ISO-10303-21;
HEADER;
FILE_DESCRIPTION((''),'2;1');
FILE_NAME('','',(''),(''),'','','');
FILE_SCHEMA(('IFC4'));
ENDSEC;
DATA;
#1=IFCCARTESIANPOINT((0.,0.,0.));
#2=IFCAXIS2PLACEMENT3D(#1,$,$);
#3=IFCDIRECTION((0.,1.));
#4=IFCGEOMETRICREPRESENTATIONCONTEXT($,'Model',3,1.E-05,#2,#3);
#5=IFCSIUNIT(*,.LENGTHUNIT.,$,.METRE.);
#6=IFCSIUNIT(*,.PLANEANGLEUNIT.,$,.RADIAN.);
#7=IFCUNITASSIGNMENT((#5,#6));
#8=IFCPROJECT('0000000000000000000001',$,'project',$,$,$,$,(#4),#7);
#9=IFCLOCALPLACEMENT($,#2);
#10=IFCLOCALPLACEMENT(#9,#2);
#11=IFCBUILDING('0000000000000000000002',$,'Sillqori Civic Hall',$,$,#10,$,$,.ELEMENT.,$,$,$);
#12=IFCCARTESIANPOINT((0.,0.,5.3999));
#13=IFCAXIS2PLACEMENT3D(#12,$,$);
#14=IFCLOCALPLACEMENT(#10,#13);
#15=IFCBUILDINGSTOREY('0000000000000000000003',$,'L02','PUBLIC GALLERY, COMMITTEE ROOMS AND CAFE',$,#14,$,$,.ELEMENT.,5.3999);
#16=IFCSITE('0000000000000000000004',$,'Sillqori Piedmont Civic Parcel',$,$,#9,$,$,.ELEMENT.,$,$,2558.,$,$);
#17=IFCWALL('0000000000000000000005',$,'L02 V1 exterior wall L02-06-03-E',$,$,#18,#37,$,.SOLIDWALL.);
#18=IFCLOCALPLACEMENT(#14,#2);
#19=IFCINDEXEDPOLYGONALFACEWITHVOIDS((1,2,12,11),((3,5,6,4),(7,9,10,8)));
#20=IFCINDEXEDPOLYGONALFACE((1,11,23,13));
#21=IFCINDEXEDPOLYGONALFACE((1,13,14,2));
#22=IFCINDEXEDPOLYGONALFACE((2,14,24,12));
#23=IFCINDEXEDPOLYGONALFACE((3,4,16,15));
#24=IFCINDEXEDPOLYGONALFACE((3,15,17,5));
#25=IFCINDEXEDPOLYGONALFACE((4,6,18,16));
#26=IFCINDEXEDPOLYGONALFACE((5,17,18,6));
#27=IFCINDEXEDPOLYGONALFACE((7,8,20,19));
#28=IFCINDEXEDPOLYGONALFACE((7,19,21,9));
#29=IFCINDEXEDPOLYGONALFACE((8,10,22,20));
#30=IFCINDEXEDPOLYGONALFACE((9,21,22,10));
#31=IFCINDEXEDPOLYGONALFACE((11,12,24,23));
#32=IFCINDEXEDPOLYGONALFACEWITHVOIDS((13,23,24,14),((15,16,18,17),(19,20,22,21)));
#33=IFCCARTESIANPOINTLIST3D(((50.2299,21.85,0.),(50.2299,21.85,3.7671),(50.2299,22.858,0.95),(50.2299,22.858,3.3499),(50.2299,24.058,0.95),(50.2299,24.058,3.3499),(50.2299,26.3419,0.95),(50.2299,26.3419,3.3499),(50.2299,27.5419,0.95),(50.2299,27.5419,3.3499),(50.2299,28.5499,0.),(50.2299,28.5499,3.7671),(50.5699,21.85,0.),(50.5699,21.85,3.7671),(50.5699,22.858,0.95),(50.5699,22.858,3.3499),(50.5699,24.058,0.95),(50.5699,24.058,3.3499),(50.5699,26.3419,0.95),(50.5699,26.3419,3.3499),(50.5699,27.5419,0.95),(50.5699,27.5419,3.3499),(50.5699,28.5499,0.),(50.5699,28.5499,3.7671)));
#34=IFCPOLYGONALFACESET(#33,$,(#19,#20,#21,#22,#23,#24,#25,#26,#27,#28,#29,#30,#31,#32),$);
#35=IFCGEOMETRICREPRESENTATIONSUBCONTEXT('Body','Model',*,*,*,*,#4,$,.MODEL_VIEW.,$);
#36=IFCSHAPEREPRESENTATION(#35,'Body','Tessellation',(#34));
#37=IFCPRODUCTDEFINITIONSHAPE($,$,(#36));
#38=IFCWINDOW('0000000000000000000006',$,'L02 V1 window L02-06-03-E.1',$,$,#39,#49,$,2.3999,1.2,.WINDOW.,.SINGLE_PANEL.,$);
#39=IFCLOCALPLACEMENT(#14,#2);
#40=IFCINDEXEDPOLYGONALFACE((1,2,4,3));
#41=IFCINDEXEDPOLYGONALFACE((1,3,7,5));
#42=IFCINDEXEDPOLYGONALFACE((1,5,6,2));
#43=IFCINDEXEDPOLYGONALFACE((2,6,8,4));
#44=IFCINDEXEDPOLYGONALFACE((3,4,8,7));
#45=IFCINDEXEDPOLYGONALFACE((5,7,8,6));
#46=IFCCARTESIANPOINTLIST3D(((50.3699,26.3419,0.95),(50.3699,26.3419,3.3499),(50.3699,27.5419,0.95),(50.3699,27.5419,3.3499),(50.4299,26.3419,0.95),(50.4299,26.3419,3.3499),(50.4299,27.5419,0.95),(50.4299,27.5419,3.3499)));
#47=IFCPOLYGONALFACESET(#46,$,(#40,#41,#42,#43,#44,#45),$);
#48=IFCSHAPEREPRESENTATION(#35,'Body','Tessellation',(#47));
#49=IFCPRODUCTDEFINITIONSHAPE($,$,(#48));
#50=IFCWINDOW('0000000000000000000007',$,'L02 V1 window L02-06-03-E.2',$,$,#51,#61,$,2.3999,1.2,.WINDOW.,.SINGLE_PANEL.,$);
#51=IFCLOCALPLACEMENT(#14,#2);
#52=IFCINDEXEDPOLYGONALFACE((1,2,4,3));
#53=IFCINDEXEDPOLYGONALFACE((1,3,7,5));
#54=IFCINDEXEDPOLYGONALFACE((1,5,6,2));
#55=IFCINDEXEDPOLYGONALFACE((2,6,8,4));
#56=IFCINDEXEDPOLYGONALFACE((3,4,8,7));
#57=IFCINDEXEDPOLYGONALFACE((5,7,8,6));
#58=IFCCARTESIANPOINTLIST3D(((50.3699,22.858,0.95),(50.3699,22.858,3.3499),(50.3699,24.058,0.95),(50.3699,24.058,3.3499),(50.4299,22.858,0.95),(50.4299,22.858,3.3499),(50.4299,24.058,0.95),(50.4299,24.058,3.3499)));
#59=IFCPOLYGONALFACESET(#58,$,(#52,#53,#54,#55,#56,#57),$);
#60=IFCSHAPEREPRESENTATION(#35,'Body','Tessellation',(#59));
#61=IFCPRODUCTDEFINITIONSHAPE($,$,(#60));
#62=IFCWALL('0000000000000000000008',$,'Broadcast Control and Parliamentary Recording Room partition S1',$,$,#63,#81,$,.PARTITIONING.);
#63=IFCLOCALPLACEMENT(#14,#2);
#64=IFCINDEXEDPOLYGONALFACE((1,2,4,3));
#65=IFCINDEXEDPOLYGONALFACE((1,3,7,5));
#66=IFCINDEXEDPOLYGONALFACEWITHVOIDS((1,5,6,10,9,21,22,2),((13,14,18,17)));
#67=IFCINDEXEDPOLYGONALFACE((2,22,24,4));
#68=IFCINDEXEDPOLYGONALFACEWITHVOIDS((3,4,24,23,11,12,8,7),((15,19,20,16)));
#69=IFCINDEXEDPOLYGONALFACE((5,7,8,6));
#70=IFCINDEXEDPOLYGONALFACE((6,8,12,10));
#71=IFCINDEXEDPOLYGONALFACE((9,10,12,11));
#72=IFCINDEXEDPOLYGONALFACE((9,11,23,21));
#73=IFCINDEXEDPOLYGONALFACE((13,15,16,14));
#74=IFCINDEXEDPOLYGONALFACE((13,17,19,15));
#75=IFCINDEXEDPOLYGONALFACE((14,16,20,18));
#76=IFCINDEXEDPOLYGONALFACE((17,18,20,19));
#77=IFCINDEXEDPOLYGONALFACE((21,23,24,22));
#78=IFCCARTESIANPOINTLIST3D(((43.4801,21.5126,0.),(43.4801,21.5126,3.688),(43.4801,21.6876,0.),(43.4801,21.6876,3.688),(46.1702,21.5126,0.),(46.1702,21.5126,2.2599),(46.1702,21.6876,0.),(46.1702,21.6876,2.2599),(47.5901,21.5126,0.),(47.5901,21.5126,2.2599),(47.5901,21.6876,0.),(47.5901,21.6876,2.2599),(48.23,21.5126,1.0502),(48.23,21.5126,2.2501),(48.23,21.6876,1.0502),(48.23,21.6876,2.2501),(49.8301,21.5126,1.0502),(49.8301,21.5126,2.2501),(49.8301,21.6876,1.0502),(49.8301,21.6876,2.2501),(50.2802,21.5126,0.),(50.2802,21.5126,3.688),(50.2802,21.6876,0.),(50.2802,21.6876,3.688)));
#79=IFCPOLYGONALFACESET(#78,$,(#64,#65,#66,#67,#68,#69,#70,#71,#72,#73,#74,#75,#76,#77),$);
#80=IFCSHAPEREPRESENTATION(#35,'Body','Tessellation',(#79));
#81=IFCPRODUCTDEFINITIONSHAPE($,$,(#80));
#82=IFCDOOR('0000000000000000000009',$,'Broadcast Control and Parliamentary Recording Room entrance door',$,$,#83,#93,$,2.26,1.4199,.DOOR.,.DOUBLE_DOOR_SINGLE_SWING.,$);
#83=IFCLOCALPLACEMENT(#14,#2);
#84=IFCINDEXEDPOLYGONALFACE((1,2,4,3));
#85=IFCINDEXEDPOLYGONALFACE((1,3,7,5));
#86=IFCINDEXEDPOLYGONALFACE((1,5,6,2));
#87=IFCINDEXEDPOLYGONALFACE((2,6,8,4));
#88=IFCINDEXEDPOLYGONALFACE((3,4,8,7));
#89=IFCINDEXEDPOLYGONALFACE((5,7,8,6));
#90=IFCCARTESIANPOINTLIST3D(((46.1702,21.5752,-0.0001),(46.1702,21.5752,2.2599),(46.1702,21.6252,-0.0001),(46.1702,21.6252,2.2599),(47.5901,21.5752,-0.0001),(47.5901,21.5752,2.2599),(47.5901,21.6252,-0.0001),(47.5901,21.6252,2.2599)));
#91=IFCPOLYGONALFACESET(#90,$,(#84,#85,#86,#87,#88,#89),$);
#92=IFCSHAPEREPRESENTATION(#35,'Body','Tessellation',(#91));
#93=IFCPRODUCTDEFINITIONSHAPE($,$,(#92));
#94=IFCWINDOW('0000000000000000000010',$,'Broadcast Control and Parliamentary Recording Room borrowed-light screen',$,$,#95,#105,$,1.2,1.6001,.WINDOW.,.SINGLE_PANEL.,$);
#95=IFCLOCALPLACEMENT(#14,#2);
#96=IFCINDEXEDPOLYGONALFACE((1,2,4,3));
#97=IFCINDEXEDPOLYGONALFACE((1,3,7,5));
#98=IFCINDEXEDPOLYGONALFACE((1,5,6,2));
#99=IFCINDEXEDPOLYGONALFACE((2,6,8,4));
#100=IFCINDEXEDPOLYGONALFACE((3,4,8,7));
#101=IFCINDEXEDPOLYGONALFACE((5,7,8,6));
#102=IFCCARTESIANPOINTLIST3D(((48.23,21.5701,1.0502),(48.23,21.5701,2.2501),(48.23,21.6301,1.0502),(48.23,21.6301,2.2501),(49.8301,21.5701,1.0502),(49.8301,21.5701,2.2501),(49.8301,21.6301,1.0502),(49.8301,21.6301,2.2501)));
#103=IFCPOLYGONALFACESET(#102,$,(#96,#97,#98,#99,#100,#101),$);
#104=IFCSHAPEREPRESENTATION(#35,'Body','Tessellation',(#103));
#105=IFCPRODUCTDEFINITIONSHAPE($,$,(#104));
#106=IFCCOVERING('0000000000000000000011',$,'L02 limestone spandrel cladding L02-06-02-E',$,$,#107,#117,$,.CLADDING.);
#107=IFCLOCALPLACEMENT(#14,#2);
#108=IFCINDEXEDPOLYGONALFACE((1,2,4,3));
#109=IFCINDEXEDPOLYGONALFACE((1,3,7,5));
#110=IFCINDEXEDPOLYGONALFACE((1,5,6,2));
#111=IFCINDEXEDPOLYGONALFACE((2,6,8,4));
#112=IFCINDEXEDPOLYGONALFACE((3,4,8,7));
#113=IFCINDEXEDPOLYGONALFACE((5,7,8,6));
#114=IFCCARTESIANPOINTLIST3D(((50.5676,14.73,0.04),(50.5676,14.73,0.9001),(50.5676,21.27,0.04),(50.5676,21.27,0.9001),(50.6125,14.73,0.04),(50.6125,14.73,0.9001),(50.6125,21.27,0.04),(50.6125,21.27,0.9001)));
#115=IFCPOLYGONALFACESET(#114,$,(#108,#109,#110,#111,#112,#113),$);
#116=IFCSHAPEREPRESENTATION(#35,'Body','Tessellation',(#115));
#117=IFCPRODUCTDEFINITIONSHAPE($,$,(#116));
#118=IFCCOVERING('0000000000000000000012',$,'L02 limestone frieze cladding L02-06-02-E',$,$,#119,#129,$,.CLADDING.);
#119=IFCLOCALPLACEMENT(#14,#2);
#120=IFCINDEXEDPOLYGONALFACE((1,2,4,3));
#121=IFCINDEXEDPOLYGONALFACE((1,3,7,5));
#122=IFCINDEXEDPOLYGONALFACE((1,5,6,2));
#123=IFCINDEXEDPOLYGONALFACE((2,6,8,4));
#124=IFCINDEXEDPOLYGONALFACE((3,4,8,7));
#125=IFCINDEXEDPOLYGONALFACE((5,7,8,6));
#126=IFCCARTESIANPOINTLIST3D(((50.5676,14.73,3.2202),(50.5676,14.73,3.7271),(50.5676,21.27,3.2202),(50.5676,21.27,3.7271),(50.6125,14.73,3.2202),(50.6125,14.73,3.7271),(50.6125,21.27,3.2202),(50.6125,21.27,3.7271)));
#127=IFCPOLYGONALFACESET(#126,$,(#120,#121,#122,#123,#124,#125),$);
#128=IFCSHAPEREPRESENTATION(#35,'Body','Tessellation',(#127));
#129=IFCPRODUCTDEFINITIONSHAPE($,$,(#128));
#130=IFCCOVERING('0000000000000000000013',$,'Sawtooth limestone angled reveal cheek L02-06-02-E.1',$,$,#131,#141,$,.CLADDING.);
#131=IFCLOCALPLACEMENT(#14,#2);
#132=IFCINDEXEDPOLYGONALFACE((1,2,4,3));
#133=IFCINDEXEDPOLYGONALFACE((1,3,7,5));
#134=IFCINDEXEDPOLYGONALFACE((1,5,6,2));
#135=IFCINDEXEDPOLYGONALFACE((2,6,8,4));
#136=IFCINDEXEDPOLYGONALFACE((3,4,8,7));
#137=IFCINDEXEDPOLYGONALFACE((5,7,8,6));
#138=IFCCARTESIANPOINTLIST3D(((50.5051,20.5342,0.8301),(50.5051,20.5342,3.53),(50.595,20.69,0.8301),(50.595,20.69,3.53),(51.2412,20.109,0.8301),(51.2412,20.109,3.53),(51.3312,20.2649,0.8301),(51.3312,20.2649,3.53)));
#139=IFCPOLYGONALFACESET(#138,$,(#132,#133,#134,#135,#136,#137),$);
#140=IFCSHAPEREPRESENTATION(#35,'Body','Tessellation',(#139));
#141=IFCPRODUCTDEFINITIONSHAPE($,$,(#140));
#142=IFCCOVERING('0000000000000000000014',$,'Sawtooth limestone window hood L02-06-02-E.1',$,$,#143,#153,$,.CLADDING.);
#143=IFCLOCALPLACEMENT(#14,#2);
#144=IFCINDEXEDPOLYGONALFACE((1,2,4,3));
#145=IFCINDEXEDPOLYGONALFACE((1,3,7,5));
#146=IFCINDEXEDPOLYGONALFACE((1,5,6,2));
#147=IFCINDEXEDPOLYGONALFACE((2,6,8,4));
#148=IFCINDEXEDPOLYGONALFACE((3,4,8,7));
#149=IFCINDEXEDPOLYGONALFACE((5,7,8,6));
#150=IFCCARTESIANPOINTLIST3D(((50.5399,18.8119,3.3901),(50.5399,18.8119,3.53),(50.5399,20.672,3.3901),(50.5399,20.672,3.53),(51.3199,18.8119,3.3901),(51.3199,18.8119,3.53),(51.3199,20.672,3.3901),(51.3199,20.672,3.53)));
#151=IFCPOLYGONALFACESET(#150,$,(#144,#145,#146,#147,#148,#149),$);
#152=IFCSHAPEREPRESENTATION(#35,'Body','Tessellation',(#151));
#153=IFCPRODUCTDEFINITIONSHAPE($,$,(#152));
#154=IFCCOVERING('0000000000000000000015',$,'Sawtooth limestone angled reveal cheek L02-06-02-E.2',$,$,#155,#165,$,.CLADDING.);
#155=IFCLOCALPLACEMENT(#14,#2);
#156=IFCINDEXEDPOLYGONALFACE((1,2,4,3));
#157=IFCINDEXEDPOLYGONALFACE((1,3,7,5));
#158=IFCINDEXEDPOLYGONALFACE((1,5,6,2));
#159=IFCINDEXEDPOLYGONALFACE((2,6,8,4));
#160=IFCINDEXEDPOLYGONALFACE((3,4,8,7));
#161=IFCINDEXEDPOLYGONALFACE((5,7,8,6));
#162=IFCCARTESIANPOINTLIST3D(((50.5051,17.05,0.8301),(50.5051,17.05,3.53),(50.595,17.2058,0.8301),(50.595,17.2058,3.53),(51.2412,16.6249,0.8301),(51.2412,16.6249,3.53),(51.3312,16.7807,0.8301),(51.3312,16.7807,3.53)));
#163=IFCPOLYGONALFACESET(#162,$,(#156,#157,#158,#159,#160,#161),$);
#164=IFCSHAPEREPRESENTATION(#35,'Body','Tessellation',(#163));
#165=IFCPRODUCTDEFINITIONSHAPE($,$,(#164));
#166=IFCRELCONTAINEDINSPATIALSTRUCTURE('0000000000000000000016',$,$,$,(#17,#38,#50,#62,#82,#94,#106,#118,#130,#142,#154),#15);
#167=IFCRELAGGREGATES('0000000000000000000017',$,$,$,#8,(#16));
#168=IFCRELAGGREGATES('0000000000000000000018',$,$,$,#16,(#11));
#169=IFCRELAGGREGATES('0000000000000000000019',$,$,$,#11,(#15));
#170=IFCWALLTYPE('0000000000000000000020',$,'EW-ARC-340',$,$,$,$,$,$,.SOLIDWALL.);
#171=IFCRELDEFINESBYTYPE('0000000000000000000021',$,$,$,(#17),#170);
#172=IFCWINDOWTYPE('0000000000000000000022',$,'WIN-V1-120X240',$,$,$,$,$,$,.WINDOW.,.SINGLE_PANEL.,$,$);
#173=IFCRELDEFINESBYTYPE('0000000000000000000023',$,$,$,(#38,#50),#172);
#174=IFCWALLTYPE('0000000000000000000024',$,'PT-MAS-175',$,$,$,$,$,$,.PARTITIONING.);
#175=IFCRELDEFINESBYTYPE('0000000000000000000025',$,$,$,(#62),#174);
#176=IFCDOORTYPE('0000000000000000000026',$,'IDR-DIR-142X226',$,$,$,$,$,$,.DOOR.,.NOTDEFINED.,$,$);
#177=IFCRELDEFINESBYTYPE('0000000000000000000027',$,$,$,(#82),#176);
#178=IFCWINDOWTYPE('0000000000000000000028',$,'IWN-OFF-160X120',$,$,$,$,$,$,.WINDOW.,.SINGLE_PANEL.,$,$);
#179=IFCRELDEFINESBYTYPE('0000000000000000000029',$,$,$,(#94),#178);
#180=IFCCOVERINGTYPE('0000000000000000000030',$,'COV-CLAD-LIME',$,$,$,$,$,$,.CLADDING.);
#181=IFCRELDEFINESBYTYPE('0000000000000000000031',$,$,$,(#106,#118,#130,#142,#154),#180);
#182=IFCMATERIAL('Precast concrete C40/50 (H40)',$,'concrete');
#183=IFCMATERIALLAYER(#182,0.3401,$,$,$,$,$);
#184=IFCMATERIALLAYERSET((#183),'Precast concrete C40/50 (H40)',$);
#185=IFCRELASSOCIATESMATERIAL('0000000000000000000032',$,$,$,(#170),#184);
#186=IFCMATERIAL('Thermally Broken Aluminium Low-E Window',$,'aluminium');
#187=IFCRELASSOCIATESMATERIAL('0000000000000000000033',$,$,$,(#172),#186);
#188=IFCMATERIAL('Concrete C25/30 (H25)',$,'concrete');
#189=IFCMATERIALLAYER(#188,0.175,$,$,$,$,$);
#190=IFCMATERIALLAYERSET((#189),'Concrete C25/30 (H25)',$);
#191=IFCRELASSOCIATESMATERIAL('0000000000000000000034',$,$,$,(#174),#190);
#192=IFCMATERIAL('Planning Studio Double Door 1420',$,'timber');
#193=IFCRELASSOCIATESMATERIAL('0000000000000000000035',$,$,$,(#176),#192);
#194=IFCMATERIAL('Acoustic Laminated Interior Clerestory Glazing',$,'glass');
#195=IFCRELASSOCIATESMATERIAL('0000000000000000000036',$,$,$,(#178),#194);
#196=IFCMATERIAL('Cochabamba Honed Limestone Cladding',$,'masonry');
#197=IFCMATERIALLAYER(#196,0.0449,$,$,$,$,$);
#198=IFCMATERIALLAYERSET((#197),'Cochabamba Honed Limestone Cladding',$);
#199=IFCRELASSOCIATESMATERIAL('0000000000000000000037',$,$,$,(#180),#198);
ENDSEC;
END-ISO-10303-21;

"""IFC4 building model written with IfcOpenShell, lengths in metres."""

from ifc_helpers import new_model, si_unit, direction, frame, frame_2d, origin, place, context, subcontext, project, spatial, rectangle, extrude, material, layer, layer_set, type_object, element, fill, save


model = new_model("IFC4")

# Units and contexts
model_context = context("Model", 3, precision=1e-05, world=origin(), true_north=direction((0.0, 1.0)))
body_context = subcontext(model_context, "Body", "Model", "MODEL_VIEW")
ifc_project = project(units=[si_unit("LENGTHUNIT", "METRE"), si_unit("PLANEANGLEUNIT", "RADIAN")], contexts=[model_context])

# Site, building, storey
site_placement = place(None, origin())
site = spatial("IfcSite", under=ifc_project, at=site_placement, Name="Sillqori Piedmont Civic Parcel", CompositionType="ELEMENT", RefElevation=2558.0)
building_placement = place(site_placement, origin())
building = spatial("IfcBuilding", under=site, at=building_placement, Name="Sillqori Civic Hall", CompositionType="ELEMENT")
storey_placement = place(building_placement, frame((0.0, 0.0, 5.3999)))
storey = spatial("IfcBuildingStorey", under=building, at=storey_placement, Name="L02", Description="PUBLIC GALLERY, COMMITTEE ROOMS AND CAFE", CompositionType="ELEMENT", Elevation=5.3999)

# Wall, openings, windows
ifc_material_1 = material(Name="Precast concrete C40/50 (H40)", Category="concrete")
ifc_layer_1 = layer(ifc_material_1, 0.3401)
ifc_layer_set_1 = layer_set([ifc_layer_1], Name="Precast concrete C40/50 (H40)")
wall_type_1 = type_object("IfcWallType", Name="EW-ARC-340", PredefinedType="SOLIDWALL", material=ifc_layer_set_1)
ifc_material_2 = material(Name="Thermally Broken Aluminium Low-E Window", Category="aluminium")
wall_1_placement = place(storey_placement, frame((50.3999, 28.55, 0.0), z_axis=(0.0, 0.0, 1.0), x_axis=(0.0, -1.0, 0.0)))
wall_1 = element("IfcWall", 1, at=wall_1_placement, inside=storey, type_object=wall_type_1, Name="L02 V1 exterior wall L02-06-03-E", PredefinedType="SOLIDWALL", context=body_context, shape_type="SweptSolid", body=[
    extrude(rectangle(XDim=6.7, YDim=0.3401, at=frame_2d((3.3501, 0.0))), origin(), (0.0, 0.0, 1.0), 3.7671),
])
opening_1_placement = place(wall_1_placement, frame((1.0081, 0.0, 0.95)))
opening_1 = element("IfcOpeningElement", 2, at=opening_1_placement, cuts=wall_1, PredefinedType="OPENING", context=body_context, shape_type="SweptSolid", body=[
    extrude(rectangle(XDim=1.2, YDim=2.3999, at=frame_2d((0.6001, 1.2))), frame((0.0, 0.1799, 0.0), z_axis=(0.0, -1.0, 0.0), x_axis=(1.0, 0.0, 0.0)), (0.0, 0.0, 1.0), 0.3601),
])
opening_2_placement = place(wall_1_placement, frame((4.4919, 0.0, 0.95)))
opening_2 = element("IfcOpeningElement", 3, at=opening_2_placement, cuts=wall_1, PredefinedType="OPENING", context=body_context, shape_type="SweptSolid", body=[
    extrude(rectangle(XDim=1.2, YDim=2.3999, at=frame_2d((0.6001, 1.2))), frame((0.0, 0.1799, 0.0), z_axis=(0.0, -1.0, 0.0), x_axis=(1.0, 0.0, 0.0)), (0.0, 0.0, 1.0), 0.3601),
])
window_type_1 = type_object("IfcWindowType", Name="WIN-V1-120X240", PartitioningType="SINGLE_PANEL", PredefinedType="WINDOW", material=ifc_material_2)
window_1_placement = place(opening_1_placement, origin())
window_1 = element("IfcWindow", 4, at=window_1_placement, inside=storey, type_object=window_type_1, Name="L02 V1 window L02-06-03-E.1", OverallHeight=2.3999, OverallWidth=1.2, PartitioningType="SINGLE_PANEL", PredefinedType="WINDOW", context=body_context, shape_type="SweptSolid", body=[
    extrude(rectangle(XDim=1.2, YDim=2.3999, at=frame_2d((0.6001, 1.2))), frame((0.0, 0.03, 0.0), z_axis=(0.0, -1.0, 0.0), x_axis=(1.0, 0.0, 0.0)), (0.0, 0.0, 1.0), 0.0601),
])
fill(opening_1, window_1)
window_2_placement = place(opening_2_placement, origin())
window_2 = element("IfcWindow", 5, at=window_2_placement, inside=storey, type_object=window_type_1, Name="L02 V1 window L02-06-03-E.2", OverallHeight=2.3999, OverallWidth=1.2, PartitioningType="SINGLE_PANEL", PredefinedType="WINDOW", context=body_context, shape_type="SweptSolid", body=[
    extrude(rectangle(XDim=1.2, YDim=2.3999, at=frame_2d((0.6001, 1.2))), frame((0.0, 0.03, 0.0), z_axis=(0.0, -1.0, 0.0), x_axis=(1.0, 0.0, 0.0)), (0.0, 0.0, 1.0), 0.0601),
])
fill(opening_2, window_2)

# Wall, openings, door, window
ifc_material_3 = material(Name="Concrete C25/30 (H25)", Category="concrete")
ifc_layer_2 = layer(ifc_material_3, 0.175)
ifc_layer_set_2 = layer_set([ifc_layer_2], Name="Concrete C25/30 (H25)")
wall_type_2 = type_object("IfcWallType", Name="PT-MAS-175", PredefinedType="PARTITIONING", material=ifc_layer_set_2)
wall_2_placement = place(storey_placement, frame((50.28, 21.6001, 0.0), z_axis=(0.0, 0.0, 1.0), x_axis=(-1.0, 0.0, 0.0)))
wall_2 = element("IfcWall", 6, at=wall_2_placement, inside=storey, type_object=wall_type_2, Name="Broadcast Control and Parliamentary Recording Room partition S1", PredefinedType="PARTITIONING", context=body_context, shape_type="SweptSolid", body=[
    extrude(rectangle(XDim=6.8, YDim=0.175, at=frame_2d((3.3999, 0.0))), origin(), (0.0, 0.0, 1.0), 3.688),
])
opening_3_placement = place(wall_2_placement, frame((2.6899, 0.0, 0.0)))
opening_3 = element("IfcOpeningElement", 7, at=opening_3_placement, cuts=wall_2, PredefinedType="OPENING", context=body_context, shape_type="SweptSolid", body=[
    extrude(rectangle(XDim=1.4199, YDim=2.26, at=frame_2d((0.71, 1.1299))), frame((0.0, 0.0974, 0.0), z_axis=(0.0, -1.0, 0.0), x_axis=(1.0, 0.0, 0.0)), (0.0, 0.0, 1.0), 0.1951),
])
opening_4_placement = place(wall_2_placement, frame((0.45, 0.0, 1.05)))
opening_4 = element("IfcOpeningElement", 8, at=opening_4_placement, cuts=wall_2, PredefinedType="OPENING", context=body_context, shape_type="SweptSolid", body=[
    extrude(rectangle(XDim=1.6001, YDim=1.2, at=frame_2d((0.8, 0.6001))), frame((0.0, 0.0974, 0.0), z_axis=(0.0, -1.0, 0.0), x_axis=(1.0, 0.0, 0.0)), (0.0, 0.0, 1.0), 0.1951),
])
ifc_material_4 = material(Name="Planning Studio Double Door 1420", Category="timber")
door_type = type_object("IfcDoorType", Name="IDR-DIR-142X226", OperationType="NOTDEFINED", PredefinedType="DOOR", material=ifc_material_4)
door_placement = place(opening_3_placement, origin())
door = element("IfcDoor", 9, at=door_placement, inside=storey, type_object=door_type, Name="Broadcast Control and Parliamentary Recording Room entrance door", OperationType="DOUBLE_DOOR_SINGLE_SWING", OverallHeight=2.26, OverallWidth=1.4199, PredefinedType="DOOR", context=body_context, shape_type="SweptSolid", body=[
    extrude(rectangle(XDim=1.4199, YDim=2.26, at=frame_2d((0.71, 1.1299))), frame((0.0, 0.0249, 0.0), z_axis=(0.0, -1.0, 0.0), x_axis=(1.0, 0.0, 0.0)), (0.0, 0.0, 1.0), 0.05),
])
fill(opening_3, door)
ifc_material_5 = material(Name="Acoustic Laminated Interior Clerestory Glazing", Category="glass")
window_type_2 = type_object("IfcWindowType", Name="IWN-OFF-160X120", PartitioningType="SINGLE_PANEL", PredefinedType="WINDOW", material=ifc_material_5)
window_3_placement = place(opening_4_placement, origin())
window_3 = element("IfcWindow", 10, at=window_3_placement, inside=storey, type_object=window_type_2, Name="Broadcast Control and Parliamentary Recording Room borrowed-light screen", OverallHeight=1.2, OverallWidth=1.6001, PartitioningType="SINGLE_PANEL", PredefinedType="WINDOW", context=body_context, shape_type="SweptSolid", body=[
    extrude(rectangle(XDim=1.6001, YDim=1.2, at=frame_2d((0.8, 0.6001))), frame((0.0, 0.03, 0.0), z_axis=(0.0, -1.0, 0.0), x_axis=(1.0, 0.0, 0.0)), (0.0, 0.0, 1.0), 0.0601),
])
fill(opening_4, window_3)

# Coverings
ifc_material_6 = material(Name="Cochabamba Honed Limestone Cladding", Category="masonry")
ifc_layer_3 = layer(ifc_material_6, 0.0449)
ifc_layer_set_3 = layer_set([ifc_layer_3], Name="Cochabamba Honed Limestone Cladding")
covering_type = type_object("IfcCoveringType", Name="COV-CLAD-LIME", PredefinedType="CLADDING", material=ifc_layer_set_3)
covering_1_placement = place(storey_placement, frame((50.5901, 21.27, 0.04), z_axis=(0.0, 0.0, 1.0), x_axis=(0.0, -1.0, 0.0)))
element("IfcCovering", 11, at=covering_1_placement, inside=storey, type_object=covering_type, Name="L02 limestone spandrel cladding L02-06-02-E", PredefinedType="CLADDING", context=body_context, shape_type="SweptSolid", body=[
    extrude(rectangle(XDim=6.54, YDim=0.0449, at=frame_2d((3.27, 0.0))), origin(), (0.0, 0.0, 1.0), 0.8601),
])
covering_2_placement = place(storey_placement, frame((50.5901, 21.27, 3.2202), z_axis=(0.0, 0.0, 1.0), x_axis=(0.0, -1.0, 0.0)))
element("IfcCovering", 12, at=covering_2_placement, inside=storey, type_object=covering_type, Name="L02 limestone frieze cladding L02-06-02-E", PredefinedType="CLADDING", context=body_context, shape_type="SweptSolid", body=[
    extrude(rectangle(XDim=6.54, YDim=0.0449, at=frame_2d((3.27, 0.0))), origin(), (0.0, 0.0, 1.0), 0.5068),
])
covering_3_placement = place(storey_placement, frame((50.55, 20.6121, 0.8301), z_axis=(0.0, 0.0, 1.0), x_axis=(0.865989, -0.500062, 0.0)))
element("IfcCovering", 13, at=covering_3_placement, inside=storey, type_object=covering_type, Name="Sawtooth limestone angled reveal cheek L02-06-02-E.1", PredefinedType="CLADDING", context=body_context, shape_type="SweptSolid", body=[
    extrude(rectangle(XDim=0.8501, YDim=0.1799, at=frame_2d((0.425, 0.0))), origin(), (0.0, 0.0, 1.0), 2.7),
])
covering_4_placement = place(storey_placement, frame((50.9299, 20.6721, 3.3901), z_axis=(0.0, 0.0, 1.0), x_axis=(0.0, -1.0, 0.0)))
element("IfcCovering", 14, at=covering_4_placement, inside=storey, type_object=covering_type, Name="Sawtooth limestone window hood L02-06-02-E.1", PredefinedType="CLADDING", context=body_context, shape_type="SweptSolid", body=[
    extrude(rectangle(XDim=1.8601, YDim=0.78, at=frame_2d((0.9302, 0.0))), origin(), (0.0, 0.0, 1.0), 0.1399),
])
covering_5_placement = place(storey_placement, frame((50.55, 17.1279, 0.8301), z_axis=(0.0, 0.0, 1.0), x_axis=(0.865989, -0.500062, 0.0)))
element("IfcCovering", 15, at=covering_5_placement, inside=storey, type_object=covering_type, Name="Sawtooth limestone angled reveal cheek L02-06-02-E.2", PredefinedType="CLADDING", context=body_context, shape_type="SweptSolid", body=[
    extrude(rectangle(XDim=0.8501, YDim=0.1799, at=frame_2d((0.425, 0.0))), origin(), (0.0, 0.0, 1.0), 2.7),
])

save(model, "model.ifc")
